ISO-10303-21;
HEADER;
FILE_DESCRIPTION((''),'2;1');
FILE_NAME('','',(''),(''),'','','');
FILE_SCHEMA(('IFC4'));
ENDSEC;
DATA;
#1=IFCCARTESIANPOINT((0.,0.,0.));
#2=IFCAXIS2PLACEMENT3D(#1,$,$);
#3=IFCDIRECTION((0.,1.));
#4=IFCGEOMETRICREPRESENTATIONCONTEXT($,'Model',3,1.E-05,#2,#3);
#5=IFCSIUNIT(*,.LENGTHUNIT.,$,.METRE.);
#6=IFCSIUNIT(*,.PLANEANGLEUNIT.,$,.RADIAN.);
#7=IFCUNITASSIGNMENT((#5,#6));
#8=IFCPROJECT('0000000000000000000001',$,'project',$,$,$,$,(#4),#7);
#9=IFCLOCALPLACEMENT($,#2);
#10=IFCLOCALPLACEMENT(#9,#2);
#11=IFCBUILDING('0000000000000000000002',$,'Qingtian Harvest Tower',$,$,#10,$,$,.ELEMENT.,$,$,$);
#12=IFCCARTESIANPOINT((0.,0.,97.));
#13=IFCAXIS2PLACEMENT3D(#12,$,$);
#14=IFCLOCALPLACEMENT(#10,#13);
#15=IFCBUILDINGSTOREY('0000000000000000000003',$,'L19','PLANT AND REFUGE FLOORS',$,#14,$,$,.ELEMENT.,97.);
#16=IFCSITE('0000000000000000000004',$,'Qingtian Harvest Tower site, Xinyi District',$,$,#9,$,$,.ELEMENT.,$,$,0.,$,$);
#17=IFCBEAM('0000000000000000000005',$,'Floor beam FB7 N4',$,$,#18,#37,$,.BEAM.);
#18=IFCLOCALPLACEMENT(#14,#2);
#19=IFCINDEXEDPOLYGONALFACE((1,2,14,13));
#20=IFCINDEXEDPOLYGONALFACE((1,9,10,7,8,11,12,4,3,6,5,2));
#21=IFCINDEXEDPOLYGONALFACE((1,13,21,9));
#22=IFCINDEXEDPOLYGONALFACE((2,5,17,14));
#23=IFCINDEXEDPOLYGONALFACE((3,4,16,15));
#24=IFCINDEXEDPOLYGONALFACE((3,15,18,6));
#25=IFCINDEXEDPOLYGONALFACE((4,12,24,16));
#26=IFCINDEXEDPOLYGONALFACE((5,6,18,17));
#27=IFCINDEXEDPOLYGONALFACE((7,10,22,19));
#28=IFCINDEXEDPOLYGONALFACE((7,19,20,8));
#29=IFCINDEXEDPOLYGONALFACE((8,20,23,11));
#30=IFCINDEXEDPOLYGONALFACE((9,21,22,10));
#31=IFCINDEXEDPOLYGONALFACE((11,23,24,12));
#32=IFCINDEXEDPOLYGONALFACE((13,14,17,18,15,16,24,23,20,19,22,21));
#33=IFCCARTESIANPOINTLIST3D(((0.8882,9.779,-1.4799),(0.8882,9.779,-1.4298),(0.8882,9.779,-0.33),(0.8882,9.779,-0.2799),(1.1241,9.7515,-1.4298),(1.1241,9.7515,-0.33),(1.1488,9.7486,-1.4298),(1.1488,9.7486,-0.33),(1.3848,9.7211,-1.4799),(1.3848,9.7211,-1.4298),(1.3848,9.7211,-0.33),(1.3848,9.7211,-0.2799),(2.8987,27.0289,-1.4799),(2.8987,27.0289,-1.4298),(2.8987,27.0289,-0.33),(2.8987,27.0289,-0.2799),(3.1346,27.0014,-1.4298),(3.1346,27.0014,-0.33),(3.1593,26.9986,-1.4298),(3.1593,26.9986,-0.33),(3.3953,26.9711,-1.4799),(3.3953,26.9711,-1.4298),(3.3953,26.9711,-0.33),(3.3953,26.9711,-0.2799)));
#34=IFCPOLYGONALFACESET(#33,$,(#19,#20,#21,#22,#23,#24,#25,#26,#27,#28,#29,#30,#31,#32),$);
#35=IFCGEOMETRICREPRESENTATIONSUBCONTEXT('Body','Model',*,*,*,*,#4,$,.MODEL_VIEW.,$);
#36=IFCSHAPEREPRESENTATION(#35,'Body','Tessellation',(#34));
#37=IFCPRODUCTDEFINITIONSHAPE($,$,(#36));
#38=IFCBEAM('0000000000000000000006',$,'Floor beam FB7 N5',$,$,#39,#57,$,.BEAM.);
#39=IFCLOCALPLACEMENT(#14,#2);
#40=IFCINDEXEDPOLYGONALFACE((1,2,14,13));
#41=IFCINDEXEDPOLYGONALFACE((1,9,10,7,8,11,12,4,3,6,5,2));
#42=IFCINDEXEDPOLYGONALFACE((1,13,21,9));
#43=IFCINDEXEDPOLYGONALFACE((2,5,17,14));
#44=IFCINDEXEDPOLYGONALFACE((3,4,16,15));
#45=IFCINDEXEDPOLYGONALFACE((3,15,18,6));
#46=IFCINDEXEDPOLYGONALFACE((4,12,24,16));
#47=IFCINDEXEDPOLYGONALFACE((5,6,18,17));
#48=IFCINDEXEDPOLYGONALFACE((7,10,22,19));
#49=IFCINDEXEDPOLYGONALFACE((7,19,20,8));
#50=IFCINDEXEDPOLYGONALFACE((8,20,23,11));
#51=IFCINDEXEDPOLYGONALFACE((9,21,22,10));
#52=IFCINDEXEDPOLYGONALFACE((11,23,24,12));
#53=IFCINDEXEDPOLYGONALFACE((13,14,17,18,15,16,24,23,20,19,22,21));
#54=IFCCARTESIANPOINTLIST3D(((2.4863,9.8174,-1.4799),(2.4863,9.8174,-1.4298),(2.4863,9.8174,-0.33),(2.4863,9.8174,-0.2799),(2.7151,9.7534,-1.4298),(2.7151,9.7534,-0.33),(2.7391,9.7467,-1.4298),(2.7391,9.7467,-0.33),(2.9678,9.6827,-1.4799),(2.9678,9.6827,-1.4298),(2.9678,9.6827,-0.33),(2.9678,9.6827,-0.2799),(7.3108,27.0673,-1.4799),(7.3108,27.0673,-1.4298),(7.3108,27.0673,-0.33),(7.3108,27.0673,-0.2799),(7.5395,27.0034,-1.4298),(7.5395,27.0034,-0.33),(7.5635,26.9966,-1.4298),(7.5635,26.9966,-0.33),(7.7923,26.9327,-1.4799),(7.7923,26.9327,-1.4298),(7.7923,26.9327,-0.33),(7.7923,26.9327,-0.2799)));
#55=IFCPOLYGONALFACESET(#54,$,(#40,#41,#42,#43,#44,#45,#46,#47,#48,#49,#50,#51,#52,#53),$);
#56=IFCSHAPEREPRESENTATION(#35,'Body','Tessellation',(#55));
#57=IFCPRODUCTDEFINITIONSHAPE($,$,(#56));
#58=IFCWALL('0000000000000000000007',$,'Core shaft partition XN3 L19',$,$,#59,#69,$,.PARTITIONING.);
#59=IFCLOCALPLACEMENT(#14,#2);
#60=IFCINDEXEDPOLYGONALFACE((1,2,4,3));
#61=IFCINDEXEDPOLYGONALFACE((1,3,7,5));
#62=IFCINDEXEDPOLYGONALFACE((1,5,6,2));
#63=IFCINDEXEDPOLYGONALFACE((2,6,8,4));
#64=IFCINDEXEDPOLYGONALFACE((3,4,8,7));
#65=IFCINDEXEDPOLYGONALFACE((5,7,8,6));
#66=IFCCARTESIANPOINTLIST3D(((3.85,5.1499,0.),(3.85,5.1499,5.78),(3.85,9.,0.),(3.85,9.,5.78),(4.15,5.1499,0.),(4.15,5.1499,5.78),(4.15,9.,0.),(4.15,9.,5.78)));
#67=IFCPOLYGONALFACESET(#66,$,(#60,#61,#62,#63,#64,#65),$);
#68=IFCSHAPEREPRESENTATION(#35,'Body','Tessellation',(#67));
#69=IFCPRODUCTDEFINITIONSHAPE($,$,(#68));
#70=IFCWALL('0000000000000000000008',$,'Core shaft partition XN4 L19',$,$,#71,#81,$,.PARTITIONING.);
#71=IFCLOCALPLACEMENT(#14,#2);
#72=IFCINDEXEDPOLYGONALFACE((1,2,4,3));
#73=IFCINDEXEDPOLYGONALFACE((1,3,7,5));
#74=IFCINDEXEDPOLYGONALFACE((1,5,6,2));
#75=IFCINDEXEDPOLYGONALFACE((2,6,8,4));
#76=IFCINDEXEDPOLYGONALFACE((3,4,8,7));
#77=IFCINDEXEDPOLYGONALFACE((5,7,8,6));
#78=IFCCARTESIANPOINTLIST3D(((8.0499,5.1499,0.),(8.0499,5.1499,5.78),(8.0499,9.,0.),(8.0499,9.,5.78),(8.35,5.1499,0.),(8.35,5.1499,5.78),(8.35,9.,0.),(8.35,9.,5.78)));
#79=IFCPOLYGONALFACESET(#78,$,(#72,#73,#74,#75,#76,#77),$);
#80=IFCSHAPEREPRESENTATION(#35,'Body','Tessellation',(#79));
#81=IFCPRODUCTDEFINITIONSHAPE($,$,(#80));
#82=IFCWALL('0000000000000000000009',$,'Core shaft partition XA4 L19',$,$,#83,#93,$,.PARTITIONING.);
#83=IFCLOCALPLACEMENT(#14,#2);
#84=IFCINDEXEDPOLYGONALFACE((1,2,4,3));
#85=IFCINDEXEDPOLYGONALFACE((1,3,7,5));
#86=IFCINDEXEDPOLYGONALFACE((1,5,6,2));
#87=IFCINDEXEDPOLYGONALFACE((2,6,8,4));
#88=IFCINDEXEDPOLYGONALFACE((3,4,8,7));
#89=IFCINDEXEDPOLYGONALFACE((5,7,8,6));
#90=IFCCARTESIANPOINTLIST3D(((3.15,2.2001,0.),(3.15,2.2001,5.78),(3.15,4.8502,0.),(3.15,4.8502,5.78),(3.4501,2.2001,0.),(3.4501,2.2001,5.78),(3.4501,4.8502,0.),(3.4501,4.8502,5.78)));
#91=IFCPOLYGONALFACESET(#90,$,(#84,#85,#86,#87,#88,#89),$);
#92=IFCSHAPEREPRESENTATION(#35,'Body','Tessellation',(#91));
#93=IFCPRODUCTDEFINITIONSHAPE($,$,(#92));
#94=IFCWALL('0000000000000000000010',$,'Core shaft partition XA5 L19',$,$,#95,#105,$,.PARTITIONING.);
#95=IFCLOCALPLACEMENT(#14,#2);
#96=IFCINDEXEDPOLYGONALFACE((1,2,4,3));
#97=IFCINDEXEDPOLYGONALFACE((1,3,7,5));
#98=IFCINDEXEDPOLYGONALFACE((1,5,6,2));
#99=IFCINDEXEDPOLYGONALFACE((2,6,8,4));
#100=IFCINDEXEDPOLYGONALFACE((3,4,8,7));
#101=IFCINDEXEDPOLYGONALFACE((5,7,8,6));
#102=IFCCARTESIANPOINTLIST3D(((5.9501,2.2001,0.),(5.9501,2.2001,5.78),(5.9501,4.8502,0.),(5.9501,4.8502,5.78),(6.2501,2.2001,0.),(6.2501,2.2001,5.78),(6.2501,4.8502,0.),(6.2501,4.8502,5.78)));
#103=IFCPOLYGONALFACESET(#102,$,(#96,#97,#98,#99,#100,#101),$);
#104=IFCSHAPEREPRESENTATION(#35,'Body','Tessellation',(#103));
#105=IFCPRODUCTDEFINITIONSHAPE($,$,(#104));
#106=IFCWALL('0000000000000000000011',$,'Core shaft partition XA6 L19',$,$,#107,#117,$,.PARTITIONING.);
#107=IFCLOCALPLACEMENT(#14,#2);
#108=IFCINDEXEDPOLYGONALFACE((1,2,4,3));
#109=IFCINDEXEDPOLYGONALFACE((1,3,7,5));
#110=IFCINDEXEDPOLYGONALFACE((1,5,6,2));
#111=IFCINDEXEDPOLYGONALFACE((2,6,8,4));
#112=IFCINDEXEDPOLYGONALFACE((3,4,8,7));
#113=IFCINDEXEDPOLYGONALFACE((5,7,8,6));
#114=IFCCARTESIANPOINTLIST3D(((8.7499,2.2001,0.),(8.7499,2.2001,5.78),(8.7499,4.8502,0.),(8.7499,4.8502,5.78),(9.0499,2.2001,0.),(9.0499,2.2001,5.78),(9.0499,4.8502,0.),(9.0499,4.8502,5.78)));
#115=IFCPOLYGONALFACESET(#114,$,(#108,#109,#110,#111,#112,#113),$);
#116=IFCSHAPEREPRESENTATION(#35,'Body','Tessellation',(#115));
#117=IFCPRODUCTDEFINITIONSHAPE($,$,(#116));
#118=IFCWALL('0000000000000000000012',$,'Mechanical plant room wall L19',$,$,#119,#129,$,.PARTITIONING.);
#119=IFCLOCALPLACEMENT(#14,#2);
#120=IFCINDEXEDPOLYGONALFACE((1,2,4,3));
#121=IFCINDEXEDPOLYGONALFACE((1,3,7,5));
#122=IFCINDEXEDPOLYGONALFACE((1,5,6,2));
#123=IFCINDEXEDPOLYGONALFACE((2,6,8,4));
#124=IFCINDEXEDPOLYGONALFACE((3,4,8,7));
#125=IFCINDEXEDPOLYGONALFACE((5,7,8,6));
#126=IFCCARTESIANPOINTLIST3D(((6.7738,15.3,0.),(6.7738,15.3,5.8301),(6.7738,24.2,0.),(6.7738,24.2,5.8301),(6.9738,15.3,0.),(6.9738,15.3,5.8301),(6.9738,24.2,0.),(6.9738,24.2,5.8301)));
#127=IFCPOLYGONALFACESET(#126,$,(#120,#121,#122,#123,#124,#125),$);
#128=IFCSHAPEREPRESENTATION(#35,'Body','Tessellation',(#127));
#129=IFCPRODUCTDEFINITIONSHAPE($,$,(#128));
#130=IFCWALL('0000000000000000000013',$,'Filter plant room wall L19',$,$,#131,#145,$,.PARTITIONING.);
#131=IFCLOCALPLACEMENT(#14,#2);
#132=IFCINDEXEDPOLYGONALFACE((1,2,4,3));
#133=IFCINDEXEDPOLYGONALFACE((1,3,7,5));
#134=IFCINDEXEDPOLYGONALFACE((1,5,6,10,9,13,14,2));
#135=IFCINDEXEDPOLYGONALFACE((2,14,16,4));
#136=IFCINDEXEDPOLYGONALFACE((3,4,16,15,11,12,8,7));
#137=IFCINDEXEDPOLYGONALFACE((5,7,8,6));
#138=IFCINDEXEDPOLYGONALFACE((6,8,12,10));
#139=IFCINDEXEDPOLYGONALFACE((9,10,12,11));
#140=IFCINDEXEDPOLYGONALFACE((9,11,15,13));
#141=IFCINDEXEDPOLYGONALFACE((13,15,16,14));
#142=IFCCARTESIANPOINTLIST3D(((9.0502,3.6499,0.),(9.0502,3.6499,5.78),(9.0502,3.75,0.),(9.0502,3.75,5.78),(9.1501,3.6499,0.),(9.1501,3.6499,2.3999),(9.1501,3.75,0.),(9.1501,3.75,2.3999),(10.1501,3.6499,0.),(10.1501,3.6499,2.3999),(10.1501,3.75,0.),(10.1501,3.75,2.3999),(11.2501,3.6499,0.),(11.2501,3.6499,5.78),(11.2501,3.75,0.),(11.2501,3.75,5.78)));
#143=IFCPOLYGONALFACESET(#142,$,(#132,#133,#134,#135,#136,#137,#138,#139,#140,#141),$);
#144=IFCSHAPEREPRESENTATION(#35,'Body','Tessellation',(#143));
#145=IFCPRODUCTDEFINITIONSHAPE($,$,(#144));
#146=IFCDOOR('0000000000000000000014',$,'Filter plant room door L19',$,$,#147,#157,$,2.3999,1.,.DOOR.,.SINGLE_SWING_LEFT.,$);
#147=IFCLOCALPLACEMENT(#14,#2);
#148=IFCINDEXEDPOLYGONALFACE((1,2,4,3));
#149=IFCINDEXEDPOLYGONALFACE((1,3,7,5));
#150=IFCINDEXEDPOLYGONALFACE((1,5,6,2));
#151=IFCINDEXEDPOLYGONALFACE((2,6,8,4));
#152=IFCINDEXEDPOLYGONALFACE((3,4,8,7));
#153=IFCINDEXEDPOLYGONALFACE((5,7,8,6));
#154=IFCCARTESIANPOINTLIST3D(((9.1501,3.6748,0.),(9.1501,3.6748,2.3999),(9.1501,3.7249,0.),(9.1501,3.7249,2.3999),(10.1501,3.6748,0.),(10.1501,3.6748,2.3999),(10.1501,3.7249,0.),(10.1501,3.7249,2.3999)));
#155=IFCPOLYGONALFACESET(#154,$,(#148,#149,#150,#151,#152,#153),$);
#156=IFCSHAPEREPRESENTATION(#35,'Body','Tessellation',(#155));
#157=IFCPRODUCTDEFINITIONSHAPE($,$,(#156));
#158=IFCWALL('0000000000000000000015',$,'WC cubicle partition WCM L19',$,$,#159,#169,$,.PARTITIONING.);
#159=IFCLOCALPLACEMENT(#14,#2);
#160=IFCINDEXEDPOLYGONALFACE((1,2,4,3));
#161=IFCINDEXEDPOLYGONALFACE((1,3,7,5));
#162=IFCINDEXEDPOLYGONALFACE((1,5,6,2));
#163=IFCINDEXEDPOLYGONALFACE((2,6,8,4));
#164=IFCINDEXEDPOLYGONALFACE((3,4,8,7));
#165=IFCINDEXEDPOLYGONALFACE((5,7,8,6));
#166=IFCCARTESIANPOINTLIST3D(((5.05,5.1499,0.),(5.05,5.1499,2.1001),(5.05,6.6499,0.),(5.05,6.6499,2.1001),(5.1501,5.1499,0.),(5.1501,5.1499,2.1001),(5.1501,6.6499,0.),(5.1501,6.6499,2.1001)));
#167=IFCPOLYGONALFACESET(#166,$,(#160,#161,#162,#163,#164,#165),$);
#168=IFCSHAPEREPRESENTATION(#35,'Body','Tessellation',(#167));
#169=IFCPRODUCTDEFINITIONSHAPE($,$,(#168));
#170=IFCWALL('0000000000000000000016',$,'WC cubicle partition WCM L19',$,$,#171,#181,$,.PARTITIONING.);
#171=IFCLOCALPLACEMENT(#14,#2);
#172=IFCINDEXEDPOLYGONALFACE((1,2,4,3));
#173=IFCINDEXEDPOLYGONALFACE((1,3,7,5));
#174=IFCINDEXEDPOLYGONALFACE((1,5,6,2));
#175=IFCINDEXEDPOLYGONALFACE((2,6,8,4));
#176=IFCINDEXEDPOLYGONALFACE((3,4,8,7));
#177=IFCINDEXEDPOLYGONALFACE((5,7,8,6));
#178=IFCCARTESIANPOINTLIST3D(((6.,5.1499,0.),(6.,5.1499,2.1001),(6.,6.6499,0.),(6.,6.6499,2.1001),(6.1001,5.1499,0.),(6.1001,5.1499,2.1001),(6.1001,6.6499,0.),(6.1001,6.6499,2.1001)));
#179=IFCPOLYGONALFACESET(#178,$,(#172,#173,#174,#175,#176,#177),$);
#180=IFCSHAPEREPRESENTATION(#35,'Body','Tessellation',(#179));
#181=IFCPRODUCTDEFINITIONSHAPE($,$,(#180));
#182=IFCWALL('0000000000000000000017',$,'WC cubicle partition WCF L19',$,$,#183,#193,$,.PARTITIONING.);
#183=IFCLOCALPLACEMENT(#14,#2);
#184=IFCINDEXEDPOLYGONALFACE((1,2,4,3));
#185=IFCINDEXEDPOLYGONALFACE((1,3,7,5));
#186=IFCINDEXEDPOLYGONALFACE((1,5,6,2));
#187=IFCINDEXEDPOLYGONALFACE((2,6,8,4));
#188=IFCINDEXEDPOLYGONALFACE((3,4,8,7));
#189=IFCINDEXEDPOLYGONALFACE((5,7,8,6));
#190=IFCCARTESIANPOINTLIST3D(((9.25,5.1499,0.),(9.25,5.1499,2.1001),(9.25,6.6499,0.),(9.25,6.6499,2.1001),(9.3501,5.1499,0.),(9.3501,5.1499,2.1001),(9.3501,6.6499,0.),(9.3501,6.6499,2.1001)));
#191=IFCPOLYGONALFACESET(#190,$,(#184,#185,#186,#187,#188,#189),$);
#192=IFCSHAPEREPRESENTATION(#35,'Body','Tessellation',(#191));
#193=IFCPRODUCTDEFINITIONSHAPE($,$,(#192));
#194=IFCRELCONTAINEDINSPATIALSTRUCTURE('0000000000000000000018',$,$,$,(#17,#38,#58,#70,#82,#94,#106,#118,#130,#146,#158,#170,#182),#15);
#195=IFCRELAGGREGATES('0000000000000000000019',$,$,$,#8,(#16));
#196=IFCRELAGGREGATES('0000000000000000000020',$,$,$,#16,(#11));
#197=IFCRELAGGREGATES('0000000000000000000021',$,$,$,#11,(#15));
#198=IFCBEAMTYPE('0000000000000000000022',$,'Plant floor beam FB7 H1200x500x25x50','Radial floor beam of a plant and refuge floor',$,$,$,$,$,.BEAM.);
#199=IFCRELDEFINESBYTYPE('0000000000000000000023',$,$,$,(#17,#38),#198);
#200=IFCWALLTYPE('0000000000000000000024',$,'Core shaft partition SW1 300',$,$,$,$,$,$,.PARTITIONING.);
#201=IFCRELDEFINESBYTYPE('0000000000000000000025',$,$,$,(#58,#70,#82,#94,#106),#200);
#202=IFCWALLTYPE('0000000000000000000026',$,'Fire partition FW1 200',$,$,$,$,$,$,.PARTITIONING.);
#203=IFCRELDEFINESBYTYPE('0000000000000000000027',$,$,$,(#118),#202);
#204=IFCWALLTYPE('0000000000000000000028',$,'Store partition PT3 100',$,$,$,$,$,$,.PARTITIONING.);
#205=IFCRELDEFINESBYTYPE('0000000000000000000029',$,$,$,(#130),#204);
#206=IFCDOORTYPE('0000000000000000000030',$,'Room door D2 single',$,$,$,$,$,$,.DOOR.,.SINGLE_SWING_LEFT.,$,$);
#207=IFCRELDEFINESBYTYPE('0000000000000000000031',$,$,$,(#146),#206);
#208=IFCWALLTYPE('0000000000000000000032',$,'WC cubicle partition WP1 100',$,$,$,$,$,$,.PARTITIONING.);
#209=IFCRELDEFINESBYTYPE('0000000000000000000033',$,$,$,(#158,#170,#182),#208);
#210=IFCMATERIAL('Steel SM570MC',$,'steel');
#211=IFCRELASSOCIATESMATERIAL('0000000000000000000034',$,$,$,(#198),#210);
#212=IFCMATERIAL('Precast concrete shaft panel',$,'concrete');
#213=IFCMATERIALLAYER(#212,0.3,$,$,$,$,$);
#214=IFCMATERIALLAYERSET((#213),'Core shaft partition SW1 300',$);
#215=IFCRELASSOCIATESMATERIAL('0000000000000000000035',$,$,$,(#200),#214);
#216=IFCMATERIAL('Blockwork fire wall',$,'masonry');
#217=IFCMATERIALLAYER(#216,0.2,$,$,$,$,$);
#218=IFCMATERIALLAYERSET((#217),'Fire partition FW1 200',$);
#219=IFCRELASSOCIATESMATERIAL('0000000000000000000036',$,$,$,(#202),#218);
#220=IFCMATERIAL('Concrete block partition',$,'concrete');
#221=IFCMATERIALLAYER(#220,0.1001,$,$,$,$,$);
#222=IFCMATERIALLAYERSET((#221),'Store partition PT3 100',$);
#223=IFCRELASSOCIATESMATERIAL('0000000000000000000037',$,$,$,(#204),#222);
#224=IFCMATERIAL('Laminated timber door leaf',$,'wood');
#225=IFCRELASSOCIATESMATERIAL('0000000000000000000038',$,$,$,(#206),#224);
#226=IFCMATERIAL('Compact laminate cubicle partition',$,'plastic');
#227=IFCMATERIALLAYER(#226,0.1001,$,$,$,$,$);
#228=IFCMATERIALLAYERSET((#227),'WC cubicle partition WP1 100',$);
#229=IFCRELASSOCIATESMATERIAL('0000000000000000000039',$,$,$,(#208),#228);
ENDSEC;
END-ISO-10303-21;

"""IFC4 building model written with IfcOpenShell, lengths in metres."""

from ifc_helpers import new_model, si_unit, direction, frame, frame_2d, origin, origin_2d, place, context, subcontext, project, spatial, rectangle, i_section, extrude, material, layer, layer_set, material_profile, profile_set, type_object, element, fill, save


model = new_model("IFC4")

# Units and contexts
model_context = context("Model", 3, precision=1e-05, world=origin(), true_north=direction((0.0, 1.0)))
body_context = subcontext(model_context, "Body", "Model", "MODEL_VIEW")
ifc_project = project(units=[si_unit("LENGTHUNIT", "METRE"), si_unit("PLANEANGLEUNIT", "RADIAN")], contexts=[model_context])

# Site, building, storey
site_placement = place(None, origin())
site = spatial("IfcSite", under=ifc_project, at=site_placement, Name="Qingtian Harvest Tower site, Xinyi District", CompositionType="ELEMENT", RefElevation=0.0)
building_placement = place(site_placement, origin())
building = spatial("IfcBuilding", under=site, at=building_placement, Name="Qingtian Harvest Tower", CompositionType="ELEMENT")
storey_placement = place(building_placement, frame((0.0, 0.0, 97.0)))
storey = spatial("IfcBuildingStorey", under=building, at=storey_placement, Name="L19", Description="PLANT AND REFUGE FLOORS", CompositionType="ELEMENT", Elevation=97.0)

# Beams
ifc_material_1 = material(Name="Steel SM570MC", Category="steel")
ifc_material_profile_1 = material_profile(ifc_material_1, i_section(OverallWidth=0.5, OverallDepth=1.2, WebThickness=0.0249, FlangeThickness=0.05, at=origin_2d()), Name="H1200x500x25x50")
ifc_profile_set_1 = profile_set([ifc_material_profile_1], Name="Steel SM570MC")
beam_type_1 = type_object("IfcBeamType", Name="Plant floor beam FB7 H1200x500x25x50", Description="Radial floor beam of a plant and refuge floor", PredefinedType="BEAM", material=ifc_profile_set_1)
beam_1_placement = place(storey_placement, frame((3.147, 27.0, -0.8799), z_axis=(-0.115767, -0.993276, 0.0), x_axis=(0.993276, -0.115767, 0.0)))
element("IfcBeam", 1, at=beam_1_placement, inside=storey, type_object=beam_type_1, Name="Floor beam FB7 N4", PredefinedType="BEAM", context=body_context, shape_type="SweptSolid", body=[
    extrude(i_section(OverallWidth=0.5, OverallDepth=1.2, WebThickness=0.0249, FlangeThickness=0.05, at=origin_2d()), origin(), (0.0, 0.0, 1.0), 17.3667),
])
beam_2_placement = place(storey_placement, frame((7.5515, 27.0, -0.8799), z_axis=(-0.269343, -0.963044, 0.0), x_axis=(0.963044, -0.269343, 0.0)))
element("IfcBeam", 2, at=beam_2_placement, inside=storey, type_object=beam_type_1, Name="Floor beam FB7 N5", PredefinedType="BEAM", context=body_context, shape_type="SweptSolid", body=[
    extrude(i_section(OverallWidth=0.5, OverallDepth=1.2, WebThickness=0.0249, FlangeThickness=0.05, at=origin_2d()), origin(), (0.0, 0.0, 1.0), 17.9119),
])

# Shared definitions
ifc_material_2 = material(Name="Precast concrete shaft panel", Category="concrete")
ifc_layer_1 = layer(ifc_material_2, 0.3)
ifc_layer_set_1 = layer_set([ifc_layer_1], Name="Core shaft partition SW1 300")
wall_type_1 = type_object("IfcWallType", Name="Core shaft partition SW1 300", PredefinedType="PARTITIONING", material=ifc_layer_set_1)

# Walls
for number, where, z_axis, x_axis, name in (
    (3, (4.0, 5.1499, 0.0), (0.0, 0.0, 1.0), (0.0, 1.0, 0.0), "Core shaft partition XN3 L19"),
    (4, (8.2, 5.1499, 0.0), (0.0, 0.0, 1.0), (0.0, 1.0, 0.0), "Core shaft partition XN4 L19"),
):
    element("IfcWall", number, at=place(storey_placement, frame(where, z_axis=z_axis, x_axis=x_axis)), inside=storey, type_object=wall_type_1, Name=name, PredefinedType="PARTITIONING", context=body_context, shape_type="SweptSolid", body=[
        extrude(rectangle(XDim=3.8501, YDim=0.3, at=frame_2d((1.925, 0.0))), origin(), (0.0, 0.0, 1.0), 5.78),
    ])
for number, where, z_axis, x_axis, name in (
    (5, (3.3, 2.2, 0.0), (0.0, 0.0, 1.0), (0.0, 1.0, 0.0), "Core shaft partition XA4 L19"),
    (6, (6.1001, 2.2, 0.0), (0.0, 0.0, 1.0), (0.0, 1.0, 0.0), "Core shaft partition XA5 L19"),
    (7, (8.8999, 2.2, 0.0), (0.0, 0.0, 1.0), (0.0, 1.0, 0.0), "Core shaft partition XA6 L19"),
):
    element("IfcWall", number, at=place(storey_placement, frame(where, z_axis=z_axis, x_axis=x_axis)), inside=storey, type_object=wall_type_1, Name=name, PredefinedType="PARTITIONING", context=body_context, shape_type="SweptSolid", body=[
        extrude(rectangle(XDim=2.6501, YDim=0.3, at=frame_2d((1.3252, 0.0))), origin(), (0.0, 0.0, 1.0), 5.78),
    ])
ifc_material_3 = material(Name="Blockwork fire wall", Category="masonry")
ifc_layer_2 = layer(ifc_material_3, 0.2)
ifc_layer_set_2 = layer_set([ifc_layer_2], Name="Fire partition FW1 200")
wall_type_2 = type_object("IfcWallType", Name="Fire partition FW1 200", PredefinedType="PARTITIONING", material=ifc_layer_set_2)
wall_1_placement = place(storey_placement, frame((6.8738, 24.2, 0.0), z_axis=(0.0, 0.0, 1.0), x_axis=(0.0, -1.0, 0.0)))
element("IfcWall", 8, at=wall_1_placement, inside=storey, type_object=wall_type_2, Name="Mechanical plant room wall L19", PredefinedType="PARTITIONING", context=body_context, shape_type="SweptSolid", body=[
    extrude(rectangle(XDim=8.8999, YDim=0.2, at=frame_2d((4.45, 0.0))), origin(), (0.0, 0.0, 1.0), 5.8301),
])

# Wall, opening, door
ifc_material_4 = material(Name="Concrete block partition", Category="concrete")
ifc_layer_3 = layer(ifc_material_4, 0.1001)
ifc_layer_set_3 = layer_set([ifc_layer_3], Name="Store partition PT3 100")
wall_type_3 = type_object("IfcWallType", Name="Store partition PT3 100", PredefinedType="PARTITIONING", material=ifc_layer_set_3)
wall_2_placement = place(storey_placement, frame((9.05, 3.7, 0.0), z_axis=(0.0, 0.0, 1.0), x_axis=(1.0, 0.0, 0.0)))
wall_2 = element("IfcWall", 9, at=wall_2_placement, inside=storey, type_object=wall_type_3, Name="Filter plant room wall L19", PredefinedType="PARTITIONING", context=body_context, shape_type="SweptSolid", body=[
    extrude(rectangle(XDim=2.2, YDim=0.1001, at=frame_2d((1.1001, 0.0))), origin(), (0.0, 0.0, 1.0), 5.78),
])
opening_1_placement = place(wall_2_placement, frame((0.1001, 0.0, 0.0)))
opening_1 = element("IfcOpeningElement", 10, at=opening_1_placement, cuts=wall_2, PredefinedType="OPENING", context=body_context, shape_type="SweptSolid", body=[
    extrude(rectangle(XDim=1.0, YDim=2.3999, at=frame_2d((0.5, 1.2))), frame((0.0, 0.0601, 0.0), z_axis=(0.0, -1.0, 0.0), x_axis=(1.0, 0.0, 0.0)), (0.0, 0.0, 1.0), 0.1201),
])
ifc_material_5 = material(Name="Laminated timber door leaf", Category="wood")
door_type_1 = type_object("IfcDoorType", Name="Room door D2 single", OperationType="SINGLE_SWING_LEFT", PredefinedType="DOOR", material=ifc_material_5)
door_1_placement = place(opening_1_placement, origin())
door_1 = element("IfcDoor", 11, at=door_1_placement, inside=storey, type_object=door_type_1, Name="Filter plant room door L19", OperationType="SINGLE_SWING_LEFT", OverallHeight=2.3999, OverallWidth=1.0, PredefinedType="DOOR", context=body_context, shape_type="SweptSolid", body=[
    extrude(rectangle(XDim=1.0, YDim=2.3999, at=frame_2d((0.5, 1.2))), frame((0.0, 0.0249, 0.0), z_axis=(0.0, -1.0, 0.0), x_axis=(1.0, 0.0, 0.0)), (0.0, 0.0, 1.0), 0.05),
])
fill(opening_1, door_1)

# Walls
ifc_material_6 = material(Name="Compact laminate cubicle partition", Category="plastic")
ifc_layer_4 = layer(ifc_material_6, 0.1001)
ifc_layer_set_4 = layer_set([ifc_layer_4], Name="WC cubicle partition WP1 100")
wall_type_4 = type_object("IfcWallType", Name="WC cubicle partition WP1 100", PredefinedType="PARTITIONING", material=ifc_layer_set_4)
for number, where, z_axis, x_axis, name in (
    (12, (5.1001, 5.1499, 0.0), (0.0, 0.0, 1.0), (0.0, 1.0, 0.0), "WC cubicle partition WCM L19"),
    (13, (6.05, 5.1499, 0.0), (0.0, 0.0, 1.0), (0.0, 1.0, 0.0), "WC cubicle partition WCM L19"),
    (14, (9.3, 5.1499, 0.0), (0.0, 0.0, 1.0), (0.0, 1.0, 0.0), "WC cubicle partition WCF L19"),
):
    element("IfcWall", number, at=place(storey_placement, frame(where, z_axis=z_axis, x_axis=x_axis)), inside=storey, type_object=wall_type_4, Name=name, PredefinedType="PARTITIONING", context=body_context, shape_type="SweptSolid", body=[
        extrude(rectangle(XDim=1.5, YDim=0.1001, at=frame_2d((0.75, 0.0))), origin(), (0.0, 0.0, 1.0), 2.1001),
    ])

save(model, "model.ifc")
